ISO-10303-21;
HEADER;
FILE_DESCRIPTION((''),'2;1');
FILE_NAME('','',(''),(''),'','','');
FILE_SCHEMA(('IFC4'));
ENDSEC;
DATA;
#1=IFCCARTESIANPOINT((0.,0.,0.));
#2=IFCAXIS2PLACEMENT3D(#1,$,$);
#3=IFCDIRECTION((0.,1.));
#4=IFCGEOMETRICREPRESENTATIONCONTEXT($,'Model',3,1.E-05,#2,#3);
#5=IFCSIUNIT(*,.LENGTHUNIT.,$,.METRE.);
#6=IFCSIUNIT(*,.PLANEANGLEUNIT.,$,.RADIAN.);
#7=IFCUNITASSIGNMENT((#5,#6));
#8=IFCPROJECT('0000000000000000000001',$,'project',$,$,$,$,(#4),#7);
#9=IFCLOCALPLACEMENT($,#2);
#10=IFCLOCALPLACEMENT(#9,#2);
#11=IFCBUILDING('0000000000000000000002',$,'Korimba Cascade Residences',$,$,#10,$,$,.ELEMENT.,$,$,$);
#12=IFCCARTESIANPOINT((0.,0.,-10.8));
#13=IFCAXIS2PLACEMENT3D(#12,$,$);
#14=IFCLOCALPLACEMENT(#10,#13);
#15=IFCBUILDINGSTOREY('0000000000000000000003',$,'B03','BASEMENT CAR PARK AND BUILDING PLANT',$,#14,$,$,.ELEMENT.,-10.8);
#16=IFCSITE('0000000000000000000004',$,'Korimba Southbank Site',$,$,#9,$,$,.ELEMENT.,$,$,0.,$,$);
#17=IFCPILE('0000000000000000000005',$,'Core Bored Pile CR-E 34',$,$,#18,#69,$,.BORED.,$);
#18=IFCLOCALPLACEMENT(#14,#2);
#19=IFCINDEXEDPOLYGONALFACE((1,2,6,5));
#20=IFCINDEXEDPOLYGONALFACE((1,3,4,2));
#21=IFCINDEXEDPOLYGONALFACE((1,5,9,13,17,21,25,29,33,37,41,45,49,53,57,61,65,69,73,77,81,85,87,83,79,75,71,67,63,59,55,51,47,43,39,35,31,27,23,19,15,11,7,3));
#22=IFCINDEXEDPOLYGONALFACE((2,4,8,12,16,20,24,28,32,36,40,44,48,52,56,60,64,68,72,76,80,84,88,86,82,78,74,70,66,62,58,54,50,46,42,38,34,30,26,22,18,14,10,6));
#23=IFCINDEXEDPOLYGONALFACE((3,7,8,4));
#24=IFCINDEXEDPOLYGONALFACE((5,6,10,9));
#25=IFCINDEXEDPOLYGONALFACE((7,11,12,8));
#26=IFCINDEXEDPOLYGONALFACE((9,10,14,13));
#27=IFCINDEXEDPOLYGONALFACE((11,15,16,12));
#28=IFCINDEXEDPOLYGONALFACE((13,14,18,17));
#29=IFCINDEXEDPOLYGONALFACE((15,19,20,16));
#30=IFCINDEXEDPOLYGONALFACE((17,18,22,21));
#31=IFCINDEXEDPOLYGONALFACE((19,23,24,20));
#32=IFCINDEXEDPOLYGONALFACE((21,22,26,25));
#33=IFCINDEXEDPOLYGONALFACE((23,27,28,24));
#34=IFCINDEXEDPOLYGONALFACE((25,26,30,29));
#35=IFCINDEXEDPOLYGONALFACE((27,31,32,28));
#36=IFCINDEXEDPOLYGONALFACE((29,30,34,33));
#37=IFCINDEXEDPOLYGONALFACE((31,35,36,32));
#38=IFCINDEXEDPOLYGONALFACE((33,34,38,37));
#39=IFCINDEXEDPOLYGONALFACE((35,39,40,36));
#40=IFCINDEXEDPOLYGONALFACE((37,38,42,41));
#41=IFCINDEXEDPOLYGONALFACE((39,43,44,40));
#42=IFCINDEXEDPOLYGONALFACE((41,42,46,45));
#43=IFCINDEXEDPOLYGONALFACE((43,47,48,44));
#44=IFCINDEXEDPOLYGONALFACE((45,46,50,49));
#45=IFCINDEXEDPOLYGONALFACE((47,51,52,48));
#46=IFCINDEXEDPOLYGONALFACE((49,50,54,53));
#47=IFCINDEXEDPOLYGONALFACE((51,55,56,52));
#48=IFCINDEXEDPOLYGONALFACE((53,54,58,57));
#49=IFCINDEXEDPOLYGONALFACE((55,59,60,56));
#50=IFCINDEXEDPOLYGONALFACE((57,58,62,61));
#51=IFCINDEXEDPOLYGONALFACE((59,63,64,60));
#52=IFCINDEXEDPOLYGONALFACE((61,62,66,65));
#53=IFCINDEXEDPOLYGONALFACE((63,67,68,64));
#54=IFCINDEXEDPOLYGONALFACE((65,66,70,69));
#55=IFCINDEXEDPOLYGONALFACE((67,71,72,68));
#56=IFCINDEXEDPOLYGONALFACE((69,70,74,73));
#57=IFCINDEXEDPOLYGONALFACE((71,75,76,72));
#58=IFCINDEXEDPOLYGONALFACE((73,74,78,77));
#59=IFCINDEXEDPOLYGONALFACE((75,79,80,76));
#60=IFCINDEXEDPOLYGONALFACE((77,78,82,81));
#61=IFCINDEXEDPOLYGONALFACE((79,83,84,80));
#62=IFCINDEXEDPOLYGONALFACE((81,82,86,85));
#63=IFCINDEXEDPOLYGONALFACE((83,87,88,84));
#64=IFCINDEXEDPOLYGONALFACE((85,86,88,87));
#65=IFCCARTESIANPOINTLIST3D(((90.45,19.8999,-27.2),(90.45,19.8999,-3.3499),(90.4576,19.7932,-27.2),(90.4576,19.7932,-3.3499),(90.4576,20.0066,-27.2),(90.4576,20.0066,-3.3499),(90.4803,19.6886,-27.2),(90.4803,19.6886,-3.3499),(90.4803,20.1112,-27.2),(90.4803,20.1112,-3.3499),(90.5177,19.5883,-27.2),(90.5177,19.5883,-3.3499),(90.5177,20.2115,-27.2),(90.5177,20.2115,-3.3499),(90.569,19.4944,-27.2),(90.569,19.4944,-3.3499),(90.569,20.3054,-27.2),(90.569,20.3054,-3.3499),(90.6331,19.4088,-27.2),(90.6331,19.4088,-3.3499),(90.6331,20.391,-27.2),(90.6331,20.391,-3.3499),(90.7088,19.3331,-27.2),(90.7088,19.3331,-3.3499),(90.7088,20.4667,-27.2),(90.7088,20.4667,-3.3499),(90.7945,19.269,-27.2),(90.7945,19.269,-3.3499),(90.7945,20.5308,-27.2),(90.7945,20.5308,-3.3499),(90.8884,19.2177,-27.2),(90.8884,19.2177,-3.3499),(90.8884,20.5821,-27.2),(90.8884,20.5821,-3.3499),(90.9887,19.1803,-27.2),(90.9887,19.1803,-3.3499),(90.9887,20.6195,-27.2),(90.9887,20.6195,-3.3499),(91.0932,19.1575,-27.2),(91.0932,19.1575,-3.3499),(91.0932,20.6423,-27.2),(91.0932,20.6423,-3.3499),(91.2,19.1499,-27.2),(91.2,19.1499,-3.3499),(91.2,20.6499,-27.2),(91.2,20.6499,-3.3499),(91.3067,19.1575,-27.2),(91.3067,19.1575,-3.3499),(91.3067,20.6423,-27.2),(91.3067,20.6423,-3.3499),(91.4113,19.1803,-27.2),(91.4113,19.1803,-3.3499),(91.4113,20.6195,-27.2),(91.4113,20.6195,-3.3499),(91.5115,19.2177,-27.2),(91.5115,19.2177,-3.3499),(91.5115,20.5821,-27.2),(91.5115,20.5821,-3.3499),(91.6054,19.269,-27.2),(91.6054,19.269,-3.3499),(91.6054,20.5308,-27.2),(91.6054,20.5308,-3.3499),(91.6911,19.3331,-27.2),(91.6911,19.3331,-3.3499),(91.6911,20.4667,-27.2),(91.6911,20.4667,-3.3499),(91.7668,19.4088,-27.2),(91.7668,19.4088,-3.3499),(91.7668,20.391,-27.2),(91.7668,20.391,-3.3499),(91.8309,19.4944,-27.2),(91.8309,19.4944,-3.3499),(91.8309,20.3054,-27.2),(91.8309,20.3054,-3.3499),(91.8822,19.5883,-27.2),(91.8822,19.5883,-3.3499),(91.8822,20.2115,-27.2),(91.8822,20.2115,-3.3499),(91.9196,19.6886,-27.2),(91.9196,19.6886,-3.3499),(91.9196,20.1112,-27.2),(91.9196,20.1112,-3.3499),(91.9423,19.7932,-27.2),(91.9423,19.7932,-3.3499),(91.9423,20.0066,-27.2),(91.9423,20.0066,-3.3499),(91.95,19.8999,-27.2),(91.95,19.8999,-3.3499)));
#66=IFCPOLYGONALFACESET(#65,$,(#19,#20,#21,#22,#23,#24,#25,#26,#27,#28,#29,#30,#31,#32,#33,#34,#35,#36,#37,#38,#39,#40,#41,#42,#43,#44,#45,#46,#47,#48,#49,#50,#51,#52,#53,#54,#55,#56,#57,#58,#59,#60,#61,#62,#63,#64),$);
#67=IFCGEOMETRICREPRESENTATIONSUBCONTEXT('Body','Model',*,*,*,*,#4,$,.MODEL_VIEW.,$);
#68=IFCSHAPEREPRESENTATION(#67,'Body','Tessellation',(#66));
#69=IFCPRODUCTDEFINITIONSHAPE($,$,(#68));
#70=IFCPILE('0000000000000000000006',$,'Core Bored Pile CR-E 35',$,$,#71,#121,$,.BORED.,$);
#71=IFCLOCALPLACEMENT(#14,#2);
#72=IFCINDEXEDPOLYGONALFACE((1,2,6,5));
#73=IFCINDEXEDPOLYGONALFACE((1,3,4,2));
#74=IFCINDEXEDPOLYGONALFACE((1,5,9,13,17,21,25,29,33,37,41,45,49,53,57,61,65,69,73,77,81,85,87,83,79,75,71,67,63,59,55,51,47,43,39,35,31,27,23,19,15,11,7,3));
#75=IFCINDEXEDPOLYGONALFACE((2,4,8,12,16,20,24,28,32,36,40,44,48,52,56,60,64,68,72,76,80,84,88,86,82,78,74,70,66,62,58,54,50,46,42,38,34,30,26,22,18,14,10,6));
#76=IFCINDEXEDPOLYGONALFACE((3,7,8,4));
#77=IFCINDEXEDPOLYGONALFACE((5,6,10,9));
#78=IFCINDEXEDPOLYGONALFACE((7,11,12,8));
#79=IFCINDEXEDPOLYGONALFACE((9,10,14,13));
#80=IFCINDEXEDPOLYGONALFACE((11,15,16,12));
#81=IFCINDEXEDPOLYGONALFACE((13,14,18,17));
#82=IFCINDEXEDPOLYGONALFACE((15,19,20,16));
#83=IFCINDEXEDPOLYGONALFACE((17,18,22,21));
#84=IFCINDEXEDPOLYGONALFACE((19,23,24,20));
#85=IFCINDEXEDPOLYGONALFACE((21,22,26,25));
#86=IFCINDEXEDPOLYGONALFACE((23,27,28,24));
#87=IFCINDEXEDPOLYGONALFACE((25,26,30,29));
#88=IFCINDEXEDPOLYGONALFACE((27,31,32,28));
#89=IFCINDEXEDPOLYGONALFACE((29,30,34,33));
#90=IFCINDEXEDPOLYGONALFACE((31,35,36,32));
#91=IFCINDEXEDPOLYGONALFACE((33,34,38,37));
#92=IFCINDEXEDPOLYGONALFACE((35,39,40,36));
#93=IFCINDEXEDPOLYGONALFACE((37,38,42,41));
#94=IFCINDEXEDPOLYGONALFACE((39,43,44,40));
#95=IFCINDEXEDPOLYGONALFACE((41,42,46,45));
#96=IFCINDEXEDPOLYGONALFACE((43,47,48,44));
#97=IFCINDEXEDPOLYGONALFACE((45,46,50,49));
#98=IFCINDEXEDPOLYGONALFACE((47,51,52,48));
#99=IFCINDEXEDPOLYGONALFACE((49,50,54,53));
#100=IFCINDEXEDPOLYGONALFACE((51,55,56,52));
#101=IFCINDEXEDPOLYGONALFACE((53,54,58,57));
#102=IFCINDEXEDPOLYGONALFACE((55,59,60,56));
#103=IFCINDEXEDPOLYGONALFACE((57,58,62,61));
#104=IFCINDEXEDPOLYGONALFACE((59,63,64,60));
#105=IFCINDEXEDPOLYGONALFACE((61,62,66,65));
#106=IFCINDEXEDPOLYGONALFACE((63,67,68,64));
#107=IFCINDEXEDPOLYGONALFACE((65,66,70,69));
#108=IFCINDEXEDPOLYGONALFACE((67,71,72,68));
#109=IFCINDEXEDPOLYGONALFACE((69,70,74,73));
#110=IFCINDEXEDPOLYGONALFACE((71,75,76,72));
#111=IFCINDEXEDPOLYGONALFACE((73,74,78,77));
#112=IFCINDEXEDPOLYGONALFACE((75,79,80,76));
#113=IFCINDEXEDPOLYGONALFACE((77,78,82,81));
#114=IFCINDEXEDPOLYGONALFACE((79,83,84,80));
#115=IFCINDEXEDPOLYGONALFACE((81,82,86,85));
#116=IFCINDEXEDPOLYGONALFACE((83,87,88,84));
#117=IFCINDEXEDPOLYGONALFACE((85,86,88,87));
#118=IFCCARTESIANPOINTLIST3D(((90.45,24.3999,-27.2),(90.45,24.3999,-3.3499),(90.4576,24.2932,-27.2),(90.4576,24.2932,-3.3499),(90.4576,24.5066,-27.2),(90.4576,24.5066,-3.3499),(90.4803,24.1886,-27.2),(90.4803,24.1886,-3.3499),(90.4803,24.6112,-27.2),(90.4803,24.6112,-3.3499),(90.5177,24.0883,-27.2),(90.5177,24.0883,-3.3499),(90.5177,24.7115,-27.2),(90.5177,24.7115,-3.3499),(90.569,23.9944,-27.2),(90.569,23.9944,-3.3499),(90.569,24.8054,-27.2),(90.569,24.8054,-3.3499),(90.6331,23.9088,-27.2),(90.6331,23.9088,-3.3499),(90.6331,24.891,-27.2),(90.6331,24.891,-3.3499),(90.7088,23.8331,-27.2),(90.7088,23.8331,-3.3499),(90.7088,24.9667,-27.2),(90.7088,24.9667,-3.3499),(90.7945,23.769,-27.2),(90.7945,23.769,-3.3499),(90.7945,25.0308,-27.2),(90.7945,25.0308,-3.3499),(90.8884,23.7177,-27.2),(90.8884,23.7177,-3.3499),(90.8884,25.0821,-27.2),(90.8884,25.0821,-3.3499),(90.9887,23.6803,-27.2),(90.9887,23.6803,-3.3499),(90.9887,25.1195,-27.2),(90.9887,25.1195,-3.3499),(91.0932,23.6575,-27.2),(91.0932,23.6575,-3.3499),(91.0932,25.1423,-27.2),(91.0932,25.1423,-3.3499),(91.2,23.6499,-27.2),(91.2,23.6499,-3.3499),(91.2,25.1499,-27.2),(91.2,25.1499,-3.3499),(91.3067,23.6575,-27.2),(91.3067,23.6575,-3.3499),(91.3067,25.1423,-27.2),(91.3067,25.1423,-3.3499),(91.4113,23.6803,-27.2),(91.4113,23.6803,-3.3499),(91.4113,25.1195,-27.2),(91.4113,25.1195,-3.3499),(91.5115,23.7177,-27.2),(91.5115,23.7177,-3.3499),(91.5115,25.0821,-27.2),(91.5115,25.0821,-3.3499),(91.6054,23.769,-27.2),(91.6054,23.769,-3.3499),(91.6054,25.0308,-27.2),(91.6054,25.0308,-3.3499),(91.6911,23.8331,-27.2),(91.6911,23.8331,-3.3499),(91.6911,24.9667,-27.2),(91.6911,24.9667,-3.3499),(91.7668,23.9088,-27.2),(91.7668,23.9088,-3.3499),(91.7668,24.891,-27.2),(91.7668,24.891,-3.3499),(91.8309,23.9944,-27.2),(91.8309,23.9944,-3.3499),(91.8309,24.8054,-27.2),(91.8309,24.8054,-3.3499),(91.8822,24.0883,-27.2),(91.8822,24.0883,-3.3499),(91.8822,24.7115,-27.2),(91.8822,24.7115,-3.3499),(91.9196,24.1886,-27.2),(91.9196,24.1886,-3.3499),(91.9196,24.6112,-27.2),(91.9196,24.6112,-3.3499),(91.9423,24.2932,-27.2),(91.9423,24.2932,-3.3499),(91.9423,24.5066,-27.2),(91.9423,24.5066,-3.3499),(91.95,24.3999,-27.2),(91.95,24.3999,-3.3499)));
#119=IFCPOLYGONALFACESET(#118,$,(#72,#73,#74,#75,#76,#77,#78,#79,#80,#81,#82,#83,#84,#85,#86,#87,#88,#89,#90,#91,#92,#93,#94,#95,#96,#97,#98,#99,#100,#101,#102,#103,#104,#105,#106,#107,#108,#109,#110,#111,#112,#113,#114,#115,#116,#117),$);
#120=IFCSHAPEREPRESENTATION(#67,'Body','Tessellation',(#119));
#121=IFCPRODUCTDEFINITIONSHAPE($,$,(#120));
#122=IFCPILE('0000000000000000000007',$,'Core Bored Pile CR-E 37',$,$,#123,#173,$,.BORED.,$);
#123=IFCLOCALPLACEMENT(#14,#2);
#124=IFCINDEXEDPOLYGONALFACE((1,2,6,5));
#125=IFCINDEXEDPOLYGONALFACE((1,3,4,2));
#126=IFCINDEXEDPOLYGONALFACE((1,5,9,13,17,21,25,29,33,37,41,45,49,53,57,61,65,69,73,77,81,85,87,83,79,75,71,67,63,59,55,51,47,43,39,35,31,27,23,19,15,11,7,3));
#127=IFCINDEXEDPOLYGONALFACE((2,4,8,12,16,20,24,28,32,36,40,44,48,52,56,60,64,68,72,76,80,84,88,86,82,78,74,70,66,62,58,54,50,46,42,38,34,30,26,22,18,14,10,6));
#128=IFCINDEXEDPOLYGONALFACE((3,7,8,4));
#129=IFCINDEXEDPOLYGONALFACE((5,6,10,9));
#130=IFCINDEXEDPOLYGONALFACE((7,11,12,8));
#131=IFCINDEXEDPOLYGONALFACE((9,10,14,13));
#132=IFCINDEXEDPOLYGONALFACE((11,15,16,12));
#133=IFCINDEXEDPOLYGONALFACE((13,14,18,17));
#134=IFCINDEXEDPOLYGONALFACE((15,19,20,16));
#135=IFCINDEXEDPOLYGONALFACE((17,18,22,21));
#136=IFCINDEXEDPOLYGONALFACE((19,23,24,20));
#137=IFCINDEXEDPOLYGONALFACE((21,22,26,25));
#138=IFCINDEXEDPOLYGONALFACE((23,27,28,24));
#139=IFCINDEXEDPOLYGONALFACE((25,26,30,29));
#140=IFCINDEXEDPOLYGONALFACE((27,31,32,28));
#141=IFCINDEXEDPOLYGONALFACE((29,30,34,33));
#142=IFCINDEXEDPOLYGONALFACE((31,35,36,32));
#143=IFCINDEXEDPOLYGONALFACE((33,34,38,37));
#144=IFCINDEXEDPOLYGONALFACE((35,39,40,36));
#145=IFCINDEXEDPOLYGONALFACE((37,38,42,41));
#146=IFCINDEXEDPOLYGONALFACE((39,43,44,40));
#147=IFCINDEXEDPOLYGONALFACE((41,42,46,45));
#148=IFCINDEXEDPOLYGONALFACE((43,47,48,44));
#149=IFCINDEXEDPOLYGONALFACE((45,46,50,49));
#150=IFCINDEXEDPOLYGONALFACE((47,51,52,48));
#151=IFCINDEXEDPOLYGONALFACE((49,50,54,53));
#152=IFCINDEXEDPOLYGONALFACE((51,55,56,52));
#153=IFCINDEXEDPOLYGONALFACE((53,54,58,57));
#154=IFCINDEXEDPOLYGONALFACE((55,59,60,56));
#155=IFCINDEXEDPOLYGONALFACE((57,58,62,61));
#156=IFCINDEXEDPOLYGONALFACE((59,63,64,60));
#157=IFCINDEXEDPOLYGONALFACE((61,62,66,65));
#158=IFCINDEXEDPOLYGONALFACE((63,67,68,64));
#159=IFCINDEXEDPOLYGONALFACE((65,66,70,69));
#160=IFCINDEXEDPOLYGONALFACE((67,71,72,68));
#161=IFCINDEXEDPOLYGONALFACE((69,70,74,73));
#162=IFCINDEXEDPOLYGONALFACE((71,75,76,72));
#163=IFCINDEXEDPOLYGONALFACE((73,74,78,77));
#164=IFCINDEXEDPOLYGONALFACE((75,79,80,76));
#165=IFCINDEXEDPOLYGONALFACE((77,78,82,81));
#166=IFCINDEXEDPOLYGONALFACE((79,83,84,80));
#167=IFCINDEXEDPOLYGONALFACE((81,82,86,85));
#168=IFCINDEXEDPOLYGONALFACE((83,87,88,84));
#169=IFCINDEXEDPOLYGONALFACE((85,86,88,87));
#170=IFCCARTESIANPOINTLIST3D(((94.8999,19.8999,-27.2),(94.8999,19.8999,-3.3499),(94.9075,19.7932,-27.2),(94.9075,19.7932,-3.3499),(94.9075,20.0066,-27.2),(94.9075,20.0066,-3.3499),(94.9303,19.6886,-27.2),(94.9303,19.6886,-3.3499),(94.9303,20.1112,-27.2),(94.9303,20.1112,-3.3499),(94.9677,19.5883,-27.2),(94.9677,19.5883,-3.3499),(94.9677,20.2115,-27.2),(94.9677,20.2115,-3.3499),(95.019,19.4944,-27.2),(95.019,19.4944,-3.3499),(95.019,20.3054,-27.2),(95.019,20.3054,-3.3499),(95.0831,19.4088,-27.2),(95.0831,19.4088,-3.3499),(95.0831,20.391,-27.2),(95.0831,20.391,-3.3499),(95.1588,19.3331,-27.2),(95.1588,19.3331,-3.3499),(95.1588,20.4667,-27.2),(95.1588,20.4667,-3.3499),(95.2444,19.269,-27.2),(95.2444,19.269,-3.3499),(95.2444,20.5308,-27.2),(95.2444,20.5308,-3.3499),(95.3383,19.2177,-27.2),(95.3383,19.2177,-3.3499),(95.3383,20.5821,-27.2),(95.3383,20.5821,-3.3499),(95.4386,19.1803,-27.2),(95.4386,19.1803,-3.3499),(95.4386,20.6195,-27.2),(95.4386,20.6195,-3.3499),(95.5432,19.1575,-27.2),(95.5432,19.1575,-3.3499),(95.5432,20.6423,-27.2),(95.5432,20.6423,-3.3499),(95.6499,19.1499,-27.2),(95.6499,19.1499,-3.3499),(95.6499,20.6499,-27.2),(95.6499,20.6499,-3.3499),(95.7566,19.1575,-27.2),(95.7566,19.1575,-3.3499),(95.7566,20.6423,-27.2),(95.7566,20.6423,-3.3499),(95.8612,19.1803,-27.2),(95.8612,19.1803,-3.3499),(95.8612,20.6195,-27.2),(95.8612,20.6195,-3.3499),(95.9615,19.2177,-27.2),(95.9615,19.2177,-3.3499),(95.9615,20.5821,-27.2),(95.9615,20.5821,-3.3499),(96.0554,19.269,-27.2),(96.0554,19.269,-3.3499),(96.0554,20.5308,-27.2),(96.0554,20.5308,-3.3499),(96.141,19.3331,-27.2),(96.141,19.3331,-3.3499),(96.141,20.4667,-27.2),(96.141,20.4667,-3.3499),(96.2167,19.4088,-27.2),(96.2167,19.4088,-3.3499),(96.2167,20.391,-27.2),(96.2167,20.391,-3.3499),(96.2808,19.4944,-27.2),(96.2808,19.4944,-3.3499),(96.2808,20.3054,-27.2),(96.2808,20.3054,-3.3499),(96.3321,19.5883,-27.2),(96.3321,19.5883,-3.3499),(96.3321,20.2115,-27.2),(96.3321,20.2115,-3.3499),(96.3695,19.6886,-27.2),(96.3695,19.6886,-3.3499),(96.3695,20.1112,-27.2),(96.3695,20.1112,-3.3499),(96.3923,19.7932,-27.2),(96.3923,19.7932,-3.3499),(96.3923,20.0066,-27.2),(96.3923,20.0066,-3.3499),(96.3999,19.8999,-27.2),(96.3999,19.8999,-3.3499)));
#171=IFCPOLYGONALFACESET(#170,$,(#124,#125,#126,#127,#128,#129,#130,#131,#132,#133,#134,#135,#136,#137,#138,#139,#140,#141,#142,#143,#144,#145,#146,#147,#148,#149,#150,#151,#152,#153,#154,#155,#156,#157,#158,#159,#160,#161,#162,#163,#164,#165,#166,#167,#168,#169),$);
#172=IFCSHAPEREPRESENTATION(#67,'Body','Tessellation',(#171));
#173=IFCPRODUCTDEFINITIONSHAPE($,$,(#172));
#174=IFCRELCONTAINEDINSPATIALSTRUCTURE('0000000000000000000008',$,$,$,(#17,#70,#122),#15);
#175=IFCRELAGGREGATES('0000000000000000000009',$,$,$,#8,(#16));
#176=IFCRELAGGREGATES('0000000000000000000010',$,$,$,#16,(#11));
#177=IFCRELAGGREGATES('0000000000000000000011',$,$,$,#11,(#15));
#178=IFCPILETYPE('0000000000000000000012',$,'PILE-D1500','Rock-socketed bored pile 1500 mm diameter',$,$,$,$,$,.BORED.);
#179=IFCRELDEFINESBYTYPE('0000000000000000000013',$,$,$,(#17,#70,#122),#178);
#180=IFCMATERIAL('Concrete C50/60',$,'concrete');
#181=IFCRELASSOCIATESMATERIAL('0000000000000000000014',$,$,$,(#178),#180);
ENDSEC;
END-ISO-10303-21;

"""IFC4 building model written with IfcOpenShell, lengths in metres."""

from ifc_helpers import new_model, si_unit, direction, frame, origin, origin_2d, place, context, subcontext, project, spatial, circle, extrude, material, material_profile, profile_set, type_object, element, save


model = new_model("IFC4")

# Units and contexts
model_context = context("Model", 3, precision=1e-05, world=origin(), true_north=direction((0.0, 1.0)))
body_context = subcontext(model_context, "Body", "Model", "MODEL_VIEW")
ifc_project = project(units=[si_unit("LENGTHUNIT", "METRE"), si_unit("PLANEANGLEUNIT", "RADIAN")], contexts=[model_context])

# Site, building, storey
site_placement = place(None, origin())
site = spatial("IfcSite", under=ifc_project, at=site_placement, Name="Korimba Southbank Site", CompositionType="ELEMENT", RefElevation=0.0)
building_placement = place(site_placement, origin())
building = spatial("IfcBuilding", under=site, at=building_placement, Name="Korimba Cascade Residences", CompositionType="ELEMENT")
storey_placement = place(building_placement, frame((0.0, 0.0, -10.8)))
storey = spatial("IfcBuildingStorey", under=building, at=storey_placement, Name="B03", Description="BASEMENT CAR PARK AND BUILDING PLANT", CompositionType="ELEMENT", Elevation=-10.8)

# Piles
ifc_material_1 = material(Name="Concrete C50/60", Category="concrete")
ifc_material_profile_1 = material_profile(ifc_material_1, circle(Radius=0.75, at=origin_2d()), Name="Concrete C50/60")
ifc_profile_set_1 = profile_set([ifc_material_profile_1], Name="Concrete C50/60")
pile_type = type_object("IfcPileType", Name="PILE-D1500", Description="Rock-socketed bored pile 1500 mm diameter", PredefinedType="BORED", material=ifc_profile_set_1)
for number, where, z_axis, x_axis, name in (
    (1, (91.2, 19.8999, -3.3499), (0.0, 0.0, -1.0), (1.0, 0.0, 0.0), "Core Bored Pile CR-E 34"),
    (2, (91.2, 24.3999, -3.3499), (0.0, 0.0, -1.0), (1.0, 0.0, 0.0), "Core Bored Pile CR-E 35"),
    (3, (95.6499, 19.8999, -3.3499), (0.0, 0.0, -1.0), (1.0, 0.0, 0.0), "Core Bored Pile CR-E 37"),
):
    element("IfcPile", number, at=place(storey_placement, frame(where, z_axis=z_axis, x_axis=x_axis)), inside=storey, type_object=pile_type, Name=name, PredefinedType="BORED", context=body_context, shape_type="SweptSolid", body=[
        extrude(circle(Radius=0.75, at=origin_2d()), origin(), (0.0, 0.0, 1.0), 23.8501),
    ])

save(model, "model.ifc")
